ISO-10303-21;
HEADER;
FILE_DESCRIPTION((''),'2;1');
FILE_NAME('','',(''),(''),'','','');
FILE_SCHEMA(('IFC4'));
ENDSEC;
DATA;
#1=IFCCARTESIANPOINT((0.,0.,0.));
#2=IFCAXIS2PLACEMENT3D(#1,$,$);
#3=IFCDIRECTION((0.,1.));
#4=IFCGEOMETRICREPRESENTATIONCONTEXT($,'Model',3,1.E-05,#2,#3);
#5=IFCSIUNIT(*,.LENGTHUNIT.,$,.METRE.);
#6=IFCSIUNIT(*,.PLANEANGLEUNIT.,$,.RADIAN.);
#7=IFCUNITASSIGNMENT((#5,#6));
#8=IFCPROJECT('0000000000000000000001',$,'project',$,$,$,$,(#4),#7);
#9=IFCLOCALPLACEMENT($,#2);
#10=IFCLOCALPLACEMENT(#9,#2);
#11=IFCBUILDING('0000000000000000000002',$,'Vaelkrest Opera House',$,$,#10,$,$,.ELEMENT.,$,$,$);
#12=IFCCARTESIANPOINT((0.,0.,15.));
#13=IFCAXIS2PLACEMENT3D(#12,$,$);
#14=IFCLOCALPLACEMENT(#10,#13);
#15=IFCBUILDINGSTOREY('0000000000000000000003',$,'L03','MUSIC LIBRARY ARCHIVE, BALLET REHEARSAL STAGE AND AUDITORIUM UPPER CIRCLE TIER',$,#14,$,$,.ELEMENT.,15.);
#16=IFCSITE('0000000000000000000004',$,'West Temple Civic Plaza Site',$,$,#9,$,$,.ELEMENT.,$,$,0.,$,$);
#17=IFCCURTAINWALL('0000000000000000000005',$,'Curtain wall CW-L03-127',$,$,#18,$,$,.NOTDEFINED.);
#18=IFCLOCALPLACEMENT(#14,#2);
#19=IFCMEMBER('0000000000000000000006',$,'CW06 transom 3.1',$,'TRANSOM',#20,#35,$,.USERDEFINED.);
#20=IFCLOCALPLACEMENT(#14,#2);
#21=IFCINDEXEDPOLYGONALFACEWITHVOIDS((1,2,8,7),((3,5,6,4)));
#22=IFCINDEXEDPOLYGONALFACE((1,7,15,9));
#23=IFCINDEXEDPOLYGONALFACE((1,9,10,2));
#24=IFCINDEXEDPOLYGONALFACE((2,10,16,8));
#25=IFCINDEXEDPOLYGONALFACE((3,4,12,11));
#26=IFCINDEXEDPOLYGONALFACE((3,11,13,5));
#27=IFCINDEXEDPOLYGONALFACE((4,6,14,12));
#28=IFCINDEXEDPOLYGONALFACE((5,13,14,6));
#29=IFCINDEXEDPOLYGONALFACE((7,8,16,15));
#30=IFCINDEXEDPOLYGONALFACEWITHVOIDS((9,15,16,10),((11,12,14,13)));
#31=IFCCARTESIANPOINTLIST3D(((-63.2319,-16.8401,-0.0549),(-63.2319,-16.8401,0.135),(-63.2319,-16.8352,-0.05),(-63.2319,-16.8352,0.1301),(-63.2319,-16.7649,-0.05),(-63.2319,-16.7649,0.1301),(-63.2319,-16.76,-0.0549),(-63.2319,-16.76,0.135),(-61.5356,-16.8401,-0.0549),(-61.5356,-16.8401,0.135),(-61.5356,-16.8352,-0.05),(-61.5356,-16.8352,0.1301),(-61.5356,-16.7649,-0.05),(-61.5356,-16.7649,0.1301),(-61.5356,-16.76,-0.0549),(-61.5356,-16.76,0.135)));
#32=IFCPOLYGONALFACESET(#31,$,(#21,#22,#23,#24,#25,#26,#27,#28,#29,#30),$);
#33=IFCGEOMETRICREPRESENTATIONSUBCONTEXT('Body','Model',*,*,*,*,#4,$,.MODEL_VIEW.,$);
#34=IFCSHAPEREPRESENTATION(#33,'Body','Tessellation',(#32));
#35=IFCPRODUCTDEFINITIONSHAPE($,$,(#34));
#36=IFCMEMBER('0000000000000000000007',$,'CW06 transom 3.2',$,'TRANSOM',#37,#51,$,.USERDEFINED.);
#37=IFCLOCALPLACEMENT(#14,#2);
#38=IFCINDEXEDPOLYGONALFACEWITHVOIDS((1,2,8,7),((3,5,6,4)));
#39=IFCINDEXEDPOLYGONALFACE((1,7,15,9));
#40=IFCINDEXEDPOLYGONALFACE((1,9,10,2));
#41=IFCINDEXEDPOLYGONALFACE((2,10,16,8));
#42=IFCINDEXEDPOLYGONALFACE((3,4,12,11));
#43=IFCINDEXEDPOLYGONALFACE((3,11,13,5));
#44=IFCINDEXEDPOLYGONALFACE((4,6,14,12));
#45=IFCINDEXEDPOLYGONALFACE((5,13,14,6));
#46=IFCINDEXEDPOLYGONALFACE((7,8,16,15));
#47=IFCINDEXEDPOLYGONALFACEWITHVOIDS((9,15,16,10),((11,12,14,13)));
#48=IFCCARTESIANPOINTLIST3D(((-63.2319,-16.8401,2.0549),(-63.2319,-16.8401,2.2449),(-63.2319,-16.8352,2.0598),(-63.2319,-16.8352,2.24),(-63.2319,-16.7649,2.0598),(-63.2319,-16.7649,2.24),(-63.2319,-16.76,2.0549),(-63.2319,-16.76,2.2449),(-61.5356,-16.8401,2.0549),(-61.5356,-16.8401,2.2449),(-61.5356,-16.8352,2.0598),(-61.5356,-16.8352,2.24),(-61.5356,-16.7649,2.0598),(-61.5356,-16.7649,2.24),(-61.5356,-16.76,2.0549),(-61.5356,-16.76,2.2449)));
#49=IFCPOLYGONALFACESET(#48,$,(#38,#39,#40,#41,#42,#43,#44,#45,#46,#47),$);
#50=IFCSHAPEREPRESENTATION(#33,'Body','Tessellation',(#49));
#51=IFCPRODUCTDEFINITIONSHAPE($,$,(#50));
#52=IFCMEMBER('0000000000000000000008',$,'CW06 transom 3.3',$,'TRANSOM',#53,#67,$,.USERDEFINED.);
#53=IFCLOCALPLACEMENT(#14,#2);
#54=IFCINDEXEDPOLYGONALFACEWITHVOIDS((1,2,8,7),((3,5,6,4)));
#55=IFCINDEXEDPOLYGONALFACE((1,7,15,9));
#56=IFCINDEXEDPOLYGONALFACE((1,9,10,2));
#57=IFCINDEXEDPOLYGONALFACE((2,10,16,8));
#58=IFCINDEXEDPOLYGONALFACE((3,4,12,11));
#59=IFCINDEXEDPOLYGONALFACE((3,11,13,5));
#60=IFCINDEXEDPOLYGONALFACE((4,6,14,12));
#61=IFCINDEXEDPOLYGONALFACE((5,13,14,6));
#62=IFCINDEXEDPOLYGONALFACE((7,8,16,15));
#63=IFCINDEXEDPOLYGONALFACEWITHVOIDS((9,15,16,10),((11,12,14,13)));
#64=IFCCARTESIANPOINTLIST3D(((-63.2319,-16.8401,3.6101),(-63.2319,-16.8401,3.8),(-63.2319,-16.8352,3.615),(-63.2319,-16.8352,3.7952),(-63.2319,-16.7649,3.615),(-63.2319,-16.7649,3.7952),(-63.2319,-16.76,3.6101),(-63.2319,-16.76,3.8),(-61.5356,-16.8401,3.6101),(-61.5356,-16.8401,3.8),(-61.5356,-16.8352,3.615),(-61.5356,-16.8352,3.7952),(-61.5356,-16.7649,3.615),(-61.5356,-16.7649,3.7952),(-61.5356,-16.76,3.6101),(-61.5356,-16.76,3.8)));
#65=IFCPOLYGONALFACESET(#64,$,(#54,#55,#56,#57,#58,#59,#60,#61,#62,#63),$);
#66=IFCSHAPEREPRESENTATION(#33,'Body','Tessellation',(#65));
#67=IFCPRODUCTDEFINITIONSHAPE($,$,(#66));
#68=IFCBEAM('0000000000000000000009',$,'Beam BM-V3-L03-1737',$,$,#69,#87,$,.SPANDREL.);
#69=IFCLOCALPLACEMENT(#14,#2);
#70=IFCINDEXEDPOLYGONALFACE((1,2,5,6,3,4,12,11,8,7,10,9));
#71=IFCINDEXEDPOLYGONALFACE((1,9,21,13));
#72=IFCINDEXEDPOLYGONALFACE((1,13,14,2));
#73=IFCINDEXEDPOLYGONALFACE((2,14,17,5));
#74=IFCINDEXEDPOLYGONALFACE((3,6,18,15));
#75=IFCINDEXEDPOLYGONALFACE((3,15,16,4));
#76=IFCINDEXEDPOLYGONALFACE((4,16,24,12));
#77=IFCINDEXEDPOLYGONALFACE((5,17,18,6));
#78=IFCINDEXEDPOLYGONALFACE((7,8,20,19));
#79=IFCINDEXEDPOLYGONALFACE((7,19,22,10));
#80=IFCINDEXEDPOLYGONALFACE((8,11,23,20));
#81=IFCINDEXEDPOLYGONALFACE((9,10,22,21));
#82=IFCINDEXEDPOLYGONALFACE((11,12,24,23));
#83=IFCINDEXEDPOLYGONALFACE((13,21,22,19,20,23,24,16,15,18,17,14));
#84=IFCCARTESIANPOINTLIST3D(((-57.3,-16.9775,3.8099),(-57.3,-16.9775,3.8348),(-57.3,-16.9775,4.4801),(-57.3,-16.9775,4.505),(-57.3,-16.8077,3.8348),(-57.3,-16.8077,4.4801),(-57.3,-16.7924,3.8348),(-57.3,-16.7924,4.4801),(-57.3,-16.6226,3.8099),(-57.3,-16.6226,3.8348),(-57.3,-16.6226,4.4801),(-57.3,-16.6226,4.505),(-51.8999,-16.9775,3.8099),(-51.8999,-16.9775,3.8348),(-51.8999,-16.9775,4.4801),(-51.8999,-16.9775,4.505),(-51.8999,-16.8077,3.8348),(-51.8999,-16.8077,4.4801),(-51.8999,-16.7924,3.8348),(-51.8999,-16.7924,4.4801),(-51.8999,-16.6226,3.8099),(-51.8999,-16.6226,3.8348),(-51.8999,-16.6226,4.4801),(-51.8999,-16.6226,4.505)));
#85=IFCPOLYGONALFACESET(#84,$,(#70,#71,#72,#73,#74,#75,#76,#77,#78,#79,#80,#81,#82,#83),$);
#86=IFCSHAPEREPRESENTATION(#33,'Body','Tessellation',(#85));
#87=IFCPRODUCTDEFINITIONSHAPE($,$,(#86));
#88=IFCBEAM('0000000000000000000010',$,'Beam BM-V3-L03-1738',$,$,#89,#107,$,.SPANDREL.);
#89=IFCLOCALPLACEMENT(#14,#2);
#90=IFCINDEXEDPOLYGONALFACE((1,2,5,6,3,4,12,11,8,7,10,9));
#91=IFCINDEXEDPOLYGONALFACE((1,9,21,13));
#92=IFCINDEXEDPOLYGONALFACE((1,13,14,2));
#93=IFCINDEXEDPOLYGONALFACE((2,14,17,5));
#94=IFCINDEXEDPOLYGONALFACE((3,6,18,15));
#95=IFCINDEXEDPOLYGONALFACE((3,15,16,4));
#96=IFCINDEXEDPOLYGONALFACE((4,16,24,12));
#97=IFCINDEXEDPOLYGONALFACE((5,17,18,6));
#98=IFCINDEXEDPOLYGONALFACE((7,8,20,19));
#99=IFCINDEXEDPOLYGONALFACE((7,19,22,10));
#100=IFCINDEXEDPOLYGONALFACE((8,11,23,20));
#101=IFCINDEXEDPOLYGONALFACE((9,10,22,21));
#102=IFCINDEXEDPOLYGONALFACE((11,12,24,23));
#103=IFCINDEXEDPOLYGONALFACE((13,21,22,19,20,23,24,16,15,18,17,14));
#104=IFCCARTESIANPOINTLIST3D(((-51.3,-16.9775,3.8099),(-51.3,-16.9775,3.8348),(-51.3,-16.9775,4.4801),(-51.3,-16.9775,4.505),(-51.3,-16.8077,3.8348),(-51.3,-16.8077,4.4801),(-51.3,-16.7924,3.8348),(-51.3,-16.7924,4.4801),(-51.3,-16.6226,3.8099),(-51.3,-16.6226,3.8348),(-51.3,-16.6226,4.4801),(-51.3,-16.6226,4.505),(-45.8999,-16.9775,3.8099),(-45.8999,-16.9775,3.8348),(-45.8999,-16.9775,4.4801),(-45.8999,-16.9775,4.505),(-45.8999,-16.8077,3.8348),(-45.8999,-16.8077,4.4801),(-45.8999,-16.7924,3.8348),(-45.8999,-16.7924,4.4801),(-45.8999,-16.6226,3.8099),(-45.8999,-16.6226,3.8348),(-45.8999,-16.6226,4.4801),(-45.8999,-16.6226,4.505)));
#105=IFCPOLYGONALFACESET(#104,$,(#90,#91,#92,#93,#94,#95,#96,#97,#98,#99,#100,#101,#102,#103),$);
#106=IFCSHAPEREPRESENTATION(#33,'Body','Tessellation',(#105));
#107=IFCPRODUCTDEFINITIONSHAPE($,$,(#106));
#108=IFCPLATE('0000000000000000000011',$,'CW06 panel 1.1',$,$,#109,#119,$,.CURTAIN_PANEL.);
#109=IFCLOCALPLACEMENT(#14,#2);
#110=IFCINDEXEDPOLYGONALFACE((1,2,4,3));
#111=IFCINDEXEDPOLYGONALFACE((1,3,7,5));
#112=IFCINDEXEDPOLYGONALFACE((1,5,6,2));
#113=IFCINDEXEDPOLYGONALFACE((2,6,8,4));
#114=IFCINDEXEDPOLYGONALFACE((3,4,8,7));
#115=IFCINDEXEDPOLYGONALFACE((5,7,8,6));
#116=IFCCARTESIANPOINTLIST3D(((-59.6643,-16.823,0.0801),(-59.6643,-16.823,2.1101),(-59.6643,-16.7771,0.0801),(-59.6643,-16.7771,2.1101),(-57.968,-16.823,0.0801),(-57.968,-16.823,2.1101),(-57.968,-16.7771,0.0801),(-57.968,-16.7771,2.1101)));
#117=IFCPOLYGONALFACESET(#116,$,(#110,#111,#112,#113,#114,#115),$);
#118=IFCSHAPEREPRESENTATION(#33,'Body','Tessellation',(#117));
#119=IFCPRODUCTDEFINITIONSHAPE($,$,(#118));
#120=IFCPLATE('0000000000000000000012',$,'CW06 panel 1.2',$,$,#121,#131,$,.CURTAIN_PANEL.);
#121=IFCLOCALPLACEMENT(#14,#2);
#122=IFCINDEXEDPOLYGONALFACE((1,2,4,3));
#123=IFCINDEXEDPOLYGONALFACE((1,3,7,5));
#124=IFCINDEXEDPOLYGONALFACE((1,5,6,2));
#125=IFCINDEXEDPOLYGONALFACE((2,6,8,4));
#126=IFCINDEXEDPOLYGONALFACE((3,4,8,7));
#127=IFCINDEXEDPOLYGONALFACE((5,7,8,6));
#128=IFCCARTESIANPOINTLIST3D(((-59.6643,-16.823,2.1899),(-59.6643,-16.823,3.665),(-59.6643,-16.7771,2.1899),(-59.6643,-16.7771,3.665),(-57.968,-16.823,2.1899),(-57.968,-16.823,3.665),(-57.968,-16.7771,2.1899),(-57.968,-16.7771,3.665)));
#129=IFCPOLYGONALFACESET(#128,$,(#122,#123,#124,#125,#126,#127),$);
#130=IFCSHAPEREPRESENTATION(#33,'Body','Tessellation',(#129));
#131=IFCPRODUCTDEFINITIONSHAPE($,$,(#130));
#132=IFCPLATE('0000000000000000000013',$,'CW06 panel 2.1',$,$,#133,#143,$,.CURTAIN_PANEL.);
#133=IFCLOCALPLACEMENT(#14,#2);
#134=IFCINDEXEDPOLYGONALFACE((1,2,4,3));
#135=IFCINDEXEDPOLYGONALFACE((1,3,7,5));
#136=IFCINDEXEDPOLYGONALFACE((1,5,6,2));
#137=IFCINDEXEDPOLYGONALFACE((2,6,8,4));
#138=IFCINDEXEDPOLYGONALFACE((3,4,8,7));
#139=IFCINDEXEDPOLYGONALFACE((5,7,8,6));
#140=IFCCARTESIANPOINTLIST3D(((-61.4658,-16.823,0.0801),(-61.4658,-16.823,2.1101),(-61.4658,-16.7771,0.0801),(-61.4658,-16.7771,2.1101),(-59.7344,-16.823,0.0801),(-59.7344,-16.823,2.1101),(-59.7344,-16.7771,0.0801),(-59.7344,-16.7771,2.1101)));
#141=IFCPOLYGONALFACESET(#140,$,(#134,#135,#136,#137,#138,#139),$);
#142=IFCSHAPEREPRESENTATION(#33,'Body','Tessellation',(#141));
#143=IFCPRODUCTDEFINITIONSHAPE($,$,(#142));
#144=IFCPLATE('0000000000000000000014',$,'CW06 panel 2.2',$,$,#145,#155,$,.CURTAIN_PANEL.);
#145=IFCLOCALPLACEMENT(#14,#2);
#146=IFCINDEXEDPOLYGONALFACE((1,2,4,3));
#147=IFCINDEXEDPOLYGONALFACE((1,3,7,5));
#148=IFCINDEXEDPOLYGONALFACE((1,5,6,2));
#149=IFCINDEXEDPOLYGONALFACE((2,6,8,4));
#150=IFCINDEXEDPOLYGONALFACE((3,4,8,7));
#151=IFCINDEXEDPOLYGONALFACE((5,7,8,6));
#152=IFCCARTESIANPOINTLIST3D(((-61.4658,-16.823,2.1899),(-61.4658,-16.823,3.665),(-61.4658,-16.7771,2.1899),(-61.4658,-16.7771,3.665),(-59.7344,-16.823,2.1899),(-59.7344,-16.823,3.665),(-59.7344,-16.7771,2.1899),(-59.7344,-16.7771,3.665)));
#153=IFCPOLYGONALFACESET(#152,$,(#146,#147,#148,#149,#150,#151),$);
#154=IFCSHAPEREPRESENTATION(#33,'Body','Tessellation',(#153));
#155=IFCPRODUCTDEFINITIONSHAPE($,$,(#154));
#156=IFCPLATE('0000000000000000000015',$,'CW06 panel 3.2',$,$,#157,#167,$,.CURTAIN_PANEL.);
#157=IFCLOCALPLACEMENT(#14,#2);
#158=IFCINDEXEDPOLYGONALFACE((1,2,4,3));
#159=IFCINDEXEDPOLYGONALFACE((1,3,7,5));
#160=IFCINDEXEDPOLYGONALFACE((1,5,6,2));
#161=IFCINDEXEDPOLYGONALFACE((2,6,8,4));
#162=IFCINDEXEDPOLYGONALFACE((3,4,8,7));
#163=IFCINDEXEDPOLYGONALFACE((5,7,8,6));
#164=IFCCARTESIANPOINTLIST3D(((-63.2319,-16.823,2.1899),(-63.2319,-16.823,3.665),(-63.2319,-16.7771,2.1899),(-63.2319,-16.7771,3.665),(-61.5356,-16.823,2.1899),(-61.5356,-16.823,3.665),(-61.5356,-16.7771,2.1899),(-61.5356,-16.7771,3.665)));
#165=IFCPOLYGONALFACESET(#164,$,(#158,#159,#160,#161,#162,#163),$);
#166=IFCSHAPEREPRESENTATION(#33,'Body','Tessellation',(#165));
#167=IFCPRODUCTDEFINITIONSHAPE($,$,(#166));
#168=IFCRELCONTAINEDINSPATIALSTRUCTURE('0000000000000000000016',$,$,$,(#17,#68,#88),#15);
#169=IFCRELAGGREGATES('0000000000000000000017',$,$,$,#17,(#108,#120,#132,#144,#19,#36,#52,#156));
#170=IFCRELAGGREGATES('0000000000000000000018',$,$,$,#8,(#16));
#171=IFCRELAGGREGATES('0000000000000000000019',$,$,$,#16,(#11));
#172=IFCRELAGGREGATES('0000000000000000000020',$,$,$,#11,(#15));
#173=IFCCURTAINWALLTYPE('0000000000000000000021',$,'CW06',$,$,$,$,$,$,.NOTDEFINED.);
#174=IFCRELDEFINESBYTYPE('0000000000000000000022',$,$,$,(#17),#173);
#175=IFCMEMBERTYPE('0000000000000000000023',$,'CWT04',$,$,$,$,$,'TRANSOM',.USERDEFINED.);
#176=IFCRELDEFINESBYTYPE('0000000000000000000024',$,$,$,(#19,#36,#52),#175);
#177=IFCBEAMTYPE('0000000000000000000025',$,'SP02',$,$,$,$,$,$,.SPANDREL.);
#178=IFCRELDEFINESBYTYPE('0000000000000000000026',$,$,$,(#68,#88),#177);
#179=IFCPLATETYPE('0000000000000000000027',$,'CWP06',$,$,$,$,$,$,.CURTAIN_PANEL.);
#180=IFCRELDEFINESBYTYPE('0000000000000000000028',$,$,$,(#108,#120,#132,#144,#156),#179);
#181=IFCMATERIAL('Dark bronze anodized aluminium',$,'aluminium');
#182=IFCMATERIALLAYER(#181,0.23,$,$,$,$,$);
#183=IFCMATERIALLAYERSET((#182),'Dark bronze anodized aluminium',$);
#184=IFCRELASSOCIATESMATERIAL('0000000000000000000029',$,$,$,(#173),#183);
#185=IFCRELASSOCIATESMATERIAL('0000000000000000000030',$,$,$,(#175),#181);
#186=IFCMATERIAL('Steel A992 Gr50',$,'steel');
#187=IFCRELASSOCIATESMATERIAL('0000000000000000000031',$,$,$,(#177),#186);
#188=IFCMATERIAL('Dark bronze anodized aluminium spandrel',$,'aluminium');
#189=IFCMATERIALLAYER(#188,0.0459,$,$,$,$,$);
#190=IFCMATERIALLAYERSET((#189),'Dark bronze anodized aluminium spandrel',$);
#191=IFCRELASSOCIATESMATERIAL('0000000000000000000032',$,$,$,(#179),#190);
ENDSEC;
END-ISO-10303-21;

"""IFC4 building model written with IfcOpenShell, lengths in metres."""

from ifc_helpers import new_model, si_unit, direction, frame, origin, origin_2d, place, context, subcontext, project, spatial, rectangle, hollow_rectangle, i_section, extrude, material, layer, layer_set, material_profile, profile_set, type_object, element, aggregate, save


model = new_model("IFC4")

# Units and contexts
model_context = context("Model", 3, precision=1e-05, world=origin(), true_north=direction((0.0, 1.0)))
body_context = subcontext(model_context, "Body", "Model", "MODEL_VIEW")
ifc_project = project(units=[si_unit("LENGTHUNIT", "METRE"), si_unit("PLANEANGLEUNIT", "RADIAN")], contexts=[model_context])

# Site, building, storey
site_placement = place(None, origin())
site = spatial("IfcSite", under=ifc_project, at=site_placement, Name="West Temple Civic Plaza Site", CompositionType="ELEMENT", RefElevation=0.0)
building_placement = place(site_placement, origin())
building = spatial("IfcBuilding", under=site, at=building_placement, Name="Vaelkrest Opera House", CompositionType="ELEMENT")
storey_placement = place(building_placement, frame((0.0, 0.0, 15.0)))
storey = spatial("IfcBuildingStorey", under=building, at=storey_placement, Name="L03", Description="MUSIC LIBRARY ARCHIVE, BALLET REHEARSAL STAGE AND AUDITORIUM UPPER CIRCLE TIER", CompositionType="ELEMENT", Elevation=15.0)

# Curtain wall, members
ifc_material_1 = material(Name="Dark bronze anodized aluminium", Category="aluminium")
ifc_layer_1 = layer(ifc_material_1, 0.23)
ifc_layer_set_1 = layer_set([ifc_layer_1], Name="Dark bronze anodized aluminium")
curtain_wall_type = type_object("IfcCurtainWallType", Name="CW06", PredefinedType="NOTDEFINED", material=ifc_layer_set_1)
curtain_wall_placement = place(storey_placement, origin())
curtain_wall = element("IfcCurtainWall", 1, at=curtain_wall_placement, inside=storey, type_object=curtain_wall_type, Name="Curtain wall CW-L03-127", PredefinedType="NOTDEFINED")
ifc_material_profile_1 = material_profile(ifc_material_1, hollow_rectangle(XDim=0.0801, YDim=0.1899, WallThickness=0.0049, at=origin_2d()), Name="CWT80X190")
ifc_profile_set_1 = profile_set([ifc_material_profile_1], Name="Dark bronze anodized aluminium")
member_type_1 = type_object("IfcMemberType", Name="CWT04", ElementType="TRANSOM", PredefinedType="USERDEFINED", material=ifc_profile_set_1)
member_1_placement = place(storey_placement, frame((-61.5356, -16.8, 0.04), z_axis=(-1.0, 0.0, 0.0), x_axis=(0.0, -1.0, 0.0)))
member_1 = element("IfcMember", 2, at=member_1_placement, type_object=member_type_1, Name="CW06 transom 3.1", ObjectType="TRANSOM", PredefinedType="USERDEFINED", context=body_context, shape_type="SweptSolid", body=[
    extrude(hollow_rectangle(XDim=0.0801, YDim=0.1899, WallThickness=0.0049, at=origin_2d()), origin(), (0.0, 0.0, 1.0), 1.6963),
])
member_2_placement = place(storey_placement, frame((-61.5356, -16.8, 2.1499), z_axis=(-1.0, 0.0, 0.0), x_axis=(0.0, -1.0, 0.0)))
member_2 = element("IfcMember", 3, at=member_2_placement, type_object=member_type_1, Name="CW06 transom 3.2", ObjectType="TRANSOM", PredefinedType="USERDEFINED", context=body_context, shape_type="SweptSolid", body=[
    extrude(hollow_rectangle(XDim=0.0801, YDim=0.1899, WallThickness=0.0049, at=origin_2d()), origin(), (0.0, 0.0, 1.0), 1.6963),
])
member_3_placement = place(storey_placement, frame((-61.5356, -16.8, 3.7051), z_axis=(-1.0, 0.0, 0.0), x_axis=(0.0, -1.0, 0.0)))
member_3 = element("IfcMember", 4, at=member_3_placement, type_object=member_type_1, Name="CW06 transom 3.3", ObjectType="TRANSOM", PredefinedType="USERDEFINED", context=body_context, shape_type="SweptSolid", body=[
    extrude(hollow_rectangle(XDim=0.0801, YDim=0.1899, WallThickness=0.0049, at=origin_2d()), origin(), (0.0, 0.0, 1.0), 1.6963),
])

# Beams
ifc_material_2 = material(Name="Steel A992 Gr50", Category="steel")
ifc_material_profile_2 = material_profile(ifc_material_2, i_section(OverallWidth=0.355, OverallDepth=0.6951, WebThickness=0.0154, FlangeThickness=0.0249, at=origin_2d()), Name="W27X146")
ifc_profile_set_2 = profile_set([ifc_material_profile_2], Name="Steel A992 Gr50")
beam_type = type_object("IfcBeamType", Name="SP02", PredefinedType="SPANDREL", material=ifc_profile_set_2)
for number, where, z_axis, x_axis, name in (
    (5, (-57.3, -16.8, 4.1575), (1.0, 0.0, 0.0), (0.0, 1.0, 0.0), "Beam BM-V3-L03-1737"),
    (6, (-51.3, -16.8, 4.1575), (1.0, 0.0, 0.0), (0.0, 1.0, 0.0), "Beam BM-V3-L03-1738"),
):
    element("IfcBeam", number, at=place(storey_placement, frame(where, z_axis=z_axis, x_axis=x_axis)), inside=storey, type_object=beam_type, Name=name, PredefinedType="SPANDREL", context=body_context, shape_type="SweptSolid", body=[
        extrude(i_section(OverallWidth=0.355, OverallDepth=0.6951, WebThickness=0.0154, FlangeThickness=0.0249, at=origin_2d()), origin(), (0.0, 0.0, 1.0), 5.4001),
    ])

# Plates
ifc_material_3 = material(Name="Dark bronze anodized aluminium spandrel", Category="aluminium")
ifc_layer_2 = layer(ifc_material_3, 0.0459)
ifc_layer_set_2 = layer_set([ifc_layer_2], Name="Dark bronze anodized aluminium spandrel")
plate_type = type_object("IfcPlateType", Name="CWP06", PredefinedType="CURTAIN_PANEL", material=ifc_layer_set_2)
plate_1_placement = place(storey_placement, frame((-58.8162, -16.8, 0.0801), z_axis=(0.0, 0.0, 1.0), x_axis=(-1.0, 0.0, 0.0)))
plate_1 = element("IfcPlate", 7, at=plate_1_placement, type_object=plate_type, Name="CW06 panel 1.1", PredefinedType="CURTAIN_PANEL", context=body_context, shape_type="SweptSolid", body=[
    extrude(rectangle(XDim=1.6963, YDim=0.0459, at=origin_2d()), origin(), (0.0, 0.0, 1.0), 2.03),
])
plate_2_placement = place(storey_placement, frame((-58.8162, -16.8, 2.1899), z_axis=(0.0, 0.0, 1.0), x_axis=(-1.0, 0.0, 0.0)))
plate_2 = element("IfcPlate", 8, at=plate_2_placement, type_object=plate_type, Name="CW06 panel 1.2", PredefinedType="CURTAIN_PANEL", context=body_context, shape_type="SweptSolid", body=[
    extrude(rectangle(XDim=1.6963, YDim=0.0459, at=origin_2d()), origin(), (0.0, 0.0, 1.0), 1.4751),
])
plate_3_placement = place(storey_placement, frame((-60.6001, -16.8, 0.0801), z_axis=(0.0, 0.0, 1.0), x_axis=(-1.0, 0.0, 0.0)))
plate_3 = element("IfcPlate", 9, at=plate_3_placement, type_object=plate_type, Name="CW06 panel 2.1", PredefinedType="CURTAIN_PANEL", context=body_context, shape_type="SweptSolid", body=[
    extrude(rectangle(XDim=1.7314, YDim=0.0459, at=origin_2d()), origin(), (0.0, 0.0, 1.0), 2.03),
])
plate_4_placement = place(storey_placement, frame((-60.6001, -16.8, 2.1899), z_axis=(0.0, 0.0, 1.0), x_axis=(-1.0, 0.0, 0.0)))
plate_4 = element("IfcPlate", 10, at=plate_4_placement, type_object=plate_type, Name="CW06 panel 2.2", PredefinedType="CURTAIN_PANEL", context=body_context, shape_type="SweptSolid", body=[
    extrude(rectangle(XDim=1.7314, YDim=0.0459, at=origin_2d()), origin(), (0.0, 0.0, 1.0), 1.4751),
])
plate_5_placement = place(storey_placement, frame((-62.3838, -16.8, 2.1899), z_axis=(0.0, 0.0, 1.0), x_axis=(-1.0, 0.0, 0.0)))
plate_5 = element("IfcPlate", 11, at=plate_5_placement, type_object=plate_type, Name="CW06 panel 3.2", PredefinedType="CURTAIN_PANEL", context=body_context, shape_type="SweptSolid", body=[
    extrude(rectangle(XDim=1.6963, YDim=0.0459, at=origin_2d()), origin(), (0.0, 0.0, 1.0), 1.4751),
])
aggregate(curtain_wall, [plate_1, plate_2, plate_3, plate_4, member_1, member_2, member_3, plate_5])

save(model, "model.ifc")
